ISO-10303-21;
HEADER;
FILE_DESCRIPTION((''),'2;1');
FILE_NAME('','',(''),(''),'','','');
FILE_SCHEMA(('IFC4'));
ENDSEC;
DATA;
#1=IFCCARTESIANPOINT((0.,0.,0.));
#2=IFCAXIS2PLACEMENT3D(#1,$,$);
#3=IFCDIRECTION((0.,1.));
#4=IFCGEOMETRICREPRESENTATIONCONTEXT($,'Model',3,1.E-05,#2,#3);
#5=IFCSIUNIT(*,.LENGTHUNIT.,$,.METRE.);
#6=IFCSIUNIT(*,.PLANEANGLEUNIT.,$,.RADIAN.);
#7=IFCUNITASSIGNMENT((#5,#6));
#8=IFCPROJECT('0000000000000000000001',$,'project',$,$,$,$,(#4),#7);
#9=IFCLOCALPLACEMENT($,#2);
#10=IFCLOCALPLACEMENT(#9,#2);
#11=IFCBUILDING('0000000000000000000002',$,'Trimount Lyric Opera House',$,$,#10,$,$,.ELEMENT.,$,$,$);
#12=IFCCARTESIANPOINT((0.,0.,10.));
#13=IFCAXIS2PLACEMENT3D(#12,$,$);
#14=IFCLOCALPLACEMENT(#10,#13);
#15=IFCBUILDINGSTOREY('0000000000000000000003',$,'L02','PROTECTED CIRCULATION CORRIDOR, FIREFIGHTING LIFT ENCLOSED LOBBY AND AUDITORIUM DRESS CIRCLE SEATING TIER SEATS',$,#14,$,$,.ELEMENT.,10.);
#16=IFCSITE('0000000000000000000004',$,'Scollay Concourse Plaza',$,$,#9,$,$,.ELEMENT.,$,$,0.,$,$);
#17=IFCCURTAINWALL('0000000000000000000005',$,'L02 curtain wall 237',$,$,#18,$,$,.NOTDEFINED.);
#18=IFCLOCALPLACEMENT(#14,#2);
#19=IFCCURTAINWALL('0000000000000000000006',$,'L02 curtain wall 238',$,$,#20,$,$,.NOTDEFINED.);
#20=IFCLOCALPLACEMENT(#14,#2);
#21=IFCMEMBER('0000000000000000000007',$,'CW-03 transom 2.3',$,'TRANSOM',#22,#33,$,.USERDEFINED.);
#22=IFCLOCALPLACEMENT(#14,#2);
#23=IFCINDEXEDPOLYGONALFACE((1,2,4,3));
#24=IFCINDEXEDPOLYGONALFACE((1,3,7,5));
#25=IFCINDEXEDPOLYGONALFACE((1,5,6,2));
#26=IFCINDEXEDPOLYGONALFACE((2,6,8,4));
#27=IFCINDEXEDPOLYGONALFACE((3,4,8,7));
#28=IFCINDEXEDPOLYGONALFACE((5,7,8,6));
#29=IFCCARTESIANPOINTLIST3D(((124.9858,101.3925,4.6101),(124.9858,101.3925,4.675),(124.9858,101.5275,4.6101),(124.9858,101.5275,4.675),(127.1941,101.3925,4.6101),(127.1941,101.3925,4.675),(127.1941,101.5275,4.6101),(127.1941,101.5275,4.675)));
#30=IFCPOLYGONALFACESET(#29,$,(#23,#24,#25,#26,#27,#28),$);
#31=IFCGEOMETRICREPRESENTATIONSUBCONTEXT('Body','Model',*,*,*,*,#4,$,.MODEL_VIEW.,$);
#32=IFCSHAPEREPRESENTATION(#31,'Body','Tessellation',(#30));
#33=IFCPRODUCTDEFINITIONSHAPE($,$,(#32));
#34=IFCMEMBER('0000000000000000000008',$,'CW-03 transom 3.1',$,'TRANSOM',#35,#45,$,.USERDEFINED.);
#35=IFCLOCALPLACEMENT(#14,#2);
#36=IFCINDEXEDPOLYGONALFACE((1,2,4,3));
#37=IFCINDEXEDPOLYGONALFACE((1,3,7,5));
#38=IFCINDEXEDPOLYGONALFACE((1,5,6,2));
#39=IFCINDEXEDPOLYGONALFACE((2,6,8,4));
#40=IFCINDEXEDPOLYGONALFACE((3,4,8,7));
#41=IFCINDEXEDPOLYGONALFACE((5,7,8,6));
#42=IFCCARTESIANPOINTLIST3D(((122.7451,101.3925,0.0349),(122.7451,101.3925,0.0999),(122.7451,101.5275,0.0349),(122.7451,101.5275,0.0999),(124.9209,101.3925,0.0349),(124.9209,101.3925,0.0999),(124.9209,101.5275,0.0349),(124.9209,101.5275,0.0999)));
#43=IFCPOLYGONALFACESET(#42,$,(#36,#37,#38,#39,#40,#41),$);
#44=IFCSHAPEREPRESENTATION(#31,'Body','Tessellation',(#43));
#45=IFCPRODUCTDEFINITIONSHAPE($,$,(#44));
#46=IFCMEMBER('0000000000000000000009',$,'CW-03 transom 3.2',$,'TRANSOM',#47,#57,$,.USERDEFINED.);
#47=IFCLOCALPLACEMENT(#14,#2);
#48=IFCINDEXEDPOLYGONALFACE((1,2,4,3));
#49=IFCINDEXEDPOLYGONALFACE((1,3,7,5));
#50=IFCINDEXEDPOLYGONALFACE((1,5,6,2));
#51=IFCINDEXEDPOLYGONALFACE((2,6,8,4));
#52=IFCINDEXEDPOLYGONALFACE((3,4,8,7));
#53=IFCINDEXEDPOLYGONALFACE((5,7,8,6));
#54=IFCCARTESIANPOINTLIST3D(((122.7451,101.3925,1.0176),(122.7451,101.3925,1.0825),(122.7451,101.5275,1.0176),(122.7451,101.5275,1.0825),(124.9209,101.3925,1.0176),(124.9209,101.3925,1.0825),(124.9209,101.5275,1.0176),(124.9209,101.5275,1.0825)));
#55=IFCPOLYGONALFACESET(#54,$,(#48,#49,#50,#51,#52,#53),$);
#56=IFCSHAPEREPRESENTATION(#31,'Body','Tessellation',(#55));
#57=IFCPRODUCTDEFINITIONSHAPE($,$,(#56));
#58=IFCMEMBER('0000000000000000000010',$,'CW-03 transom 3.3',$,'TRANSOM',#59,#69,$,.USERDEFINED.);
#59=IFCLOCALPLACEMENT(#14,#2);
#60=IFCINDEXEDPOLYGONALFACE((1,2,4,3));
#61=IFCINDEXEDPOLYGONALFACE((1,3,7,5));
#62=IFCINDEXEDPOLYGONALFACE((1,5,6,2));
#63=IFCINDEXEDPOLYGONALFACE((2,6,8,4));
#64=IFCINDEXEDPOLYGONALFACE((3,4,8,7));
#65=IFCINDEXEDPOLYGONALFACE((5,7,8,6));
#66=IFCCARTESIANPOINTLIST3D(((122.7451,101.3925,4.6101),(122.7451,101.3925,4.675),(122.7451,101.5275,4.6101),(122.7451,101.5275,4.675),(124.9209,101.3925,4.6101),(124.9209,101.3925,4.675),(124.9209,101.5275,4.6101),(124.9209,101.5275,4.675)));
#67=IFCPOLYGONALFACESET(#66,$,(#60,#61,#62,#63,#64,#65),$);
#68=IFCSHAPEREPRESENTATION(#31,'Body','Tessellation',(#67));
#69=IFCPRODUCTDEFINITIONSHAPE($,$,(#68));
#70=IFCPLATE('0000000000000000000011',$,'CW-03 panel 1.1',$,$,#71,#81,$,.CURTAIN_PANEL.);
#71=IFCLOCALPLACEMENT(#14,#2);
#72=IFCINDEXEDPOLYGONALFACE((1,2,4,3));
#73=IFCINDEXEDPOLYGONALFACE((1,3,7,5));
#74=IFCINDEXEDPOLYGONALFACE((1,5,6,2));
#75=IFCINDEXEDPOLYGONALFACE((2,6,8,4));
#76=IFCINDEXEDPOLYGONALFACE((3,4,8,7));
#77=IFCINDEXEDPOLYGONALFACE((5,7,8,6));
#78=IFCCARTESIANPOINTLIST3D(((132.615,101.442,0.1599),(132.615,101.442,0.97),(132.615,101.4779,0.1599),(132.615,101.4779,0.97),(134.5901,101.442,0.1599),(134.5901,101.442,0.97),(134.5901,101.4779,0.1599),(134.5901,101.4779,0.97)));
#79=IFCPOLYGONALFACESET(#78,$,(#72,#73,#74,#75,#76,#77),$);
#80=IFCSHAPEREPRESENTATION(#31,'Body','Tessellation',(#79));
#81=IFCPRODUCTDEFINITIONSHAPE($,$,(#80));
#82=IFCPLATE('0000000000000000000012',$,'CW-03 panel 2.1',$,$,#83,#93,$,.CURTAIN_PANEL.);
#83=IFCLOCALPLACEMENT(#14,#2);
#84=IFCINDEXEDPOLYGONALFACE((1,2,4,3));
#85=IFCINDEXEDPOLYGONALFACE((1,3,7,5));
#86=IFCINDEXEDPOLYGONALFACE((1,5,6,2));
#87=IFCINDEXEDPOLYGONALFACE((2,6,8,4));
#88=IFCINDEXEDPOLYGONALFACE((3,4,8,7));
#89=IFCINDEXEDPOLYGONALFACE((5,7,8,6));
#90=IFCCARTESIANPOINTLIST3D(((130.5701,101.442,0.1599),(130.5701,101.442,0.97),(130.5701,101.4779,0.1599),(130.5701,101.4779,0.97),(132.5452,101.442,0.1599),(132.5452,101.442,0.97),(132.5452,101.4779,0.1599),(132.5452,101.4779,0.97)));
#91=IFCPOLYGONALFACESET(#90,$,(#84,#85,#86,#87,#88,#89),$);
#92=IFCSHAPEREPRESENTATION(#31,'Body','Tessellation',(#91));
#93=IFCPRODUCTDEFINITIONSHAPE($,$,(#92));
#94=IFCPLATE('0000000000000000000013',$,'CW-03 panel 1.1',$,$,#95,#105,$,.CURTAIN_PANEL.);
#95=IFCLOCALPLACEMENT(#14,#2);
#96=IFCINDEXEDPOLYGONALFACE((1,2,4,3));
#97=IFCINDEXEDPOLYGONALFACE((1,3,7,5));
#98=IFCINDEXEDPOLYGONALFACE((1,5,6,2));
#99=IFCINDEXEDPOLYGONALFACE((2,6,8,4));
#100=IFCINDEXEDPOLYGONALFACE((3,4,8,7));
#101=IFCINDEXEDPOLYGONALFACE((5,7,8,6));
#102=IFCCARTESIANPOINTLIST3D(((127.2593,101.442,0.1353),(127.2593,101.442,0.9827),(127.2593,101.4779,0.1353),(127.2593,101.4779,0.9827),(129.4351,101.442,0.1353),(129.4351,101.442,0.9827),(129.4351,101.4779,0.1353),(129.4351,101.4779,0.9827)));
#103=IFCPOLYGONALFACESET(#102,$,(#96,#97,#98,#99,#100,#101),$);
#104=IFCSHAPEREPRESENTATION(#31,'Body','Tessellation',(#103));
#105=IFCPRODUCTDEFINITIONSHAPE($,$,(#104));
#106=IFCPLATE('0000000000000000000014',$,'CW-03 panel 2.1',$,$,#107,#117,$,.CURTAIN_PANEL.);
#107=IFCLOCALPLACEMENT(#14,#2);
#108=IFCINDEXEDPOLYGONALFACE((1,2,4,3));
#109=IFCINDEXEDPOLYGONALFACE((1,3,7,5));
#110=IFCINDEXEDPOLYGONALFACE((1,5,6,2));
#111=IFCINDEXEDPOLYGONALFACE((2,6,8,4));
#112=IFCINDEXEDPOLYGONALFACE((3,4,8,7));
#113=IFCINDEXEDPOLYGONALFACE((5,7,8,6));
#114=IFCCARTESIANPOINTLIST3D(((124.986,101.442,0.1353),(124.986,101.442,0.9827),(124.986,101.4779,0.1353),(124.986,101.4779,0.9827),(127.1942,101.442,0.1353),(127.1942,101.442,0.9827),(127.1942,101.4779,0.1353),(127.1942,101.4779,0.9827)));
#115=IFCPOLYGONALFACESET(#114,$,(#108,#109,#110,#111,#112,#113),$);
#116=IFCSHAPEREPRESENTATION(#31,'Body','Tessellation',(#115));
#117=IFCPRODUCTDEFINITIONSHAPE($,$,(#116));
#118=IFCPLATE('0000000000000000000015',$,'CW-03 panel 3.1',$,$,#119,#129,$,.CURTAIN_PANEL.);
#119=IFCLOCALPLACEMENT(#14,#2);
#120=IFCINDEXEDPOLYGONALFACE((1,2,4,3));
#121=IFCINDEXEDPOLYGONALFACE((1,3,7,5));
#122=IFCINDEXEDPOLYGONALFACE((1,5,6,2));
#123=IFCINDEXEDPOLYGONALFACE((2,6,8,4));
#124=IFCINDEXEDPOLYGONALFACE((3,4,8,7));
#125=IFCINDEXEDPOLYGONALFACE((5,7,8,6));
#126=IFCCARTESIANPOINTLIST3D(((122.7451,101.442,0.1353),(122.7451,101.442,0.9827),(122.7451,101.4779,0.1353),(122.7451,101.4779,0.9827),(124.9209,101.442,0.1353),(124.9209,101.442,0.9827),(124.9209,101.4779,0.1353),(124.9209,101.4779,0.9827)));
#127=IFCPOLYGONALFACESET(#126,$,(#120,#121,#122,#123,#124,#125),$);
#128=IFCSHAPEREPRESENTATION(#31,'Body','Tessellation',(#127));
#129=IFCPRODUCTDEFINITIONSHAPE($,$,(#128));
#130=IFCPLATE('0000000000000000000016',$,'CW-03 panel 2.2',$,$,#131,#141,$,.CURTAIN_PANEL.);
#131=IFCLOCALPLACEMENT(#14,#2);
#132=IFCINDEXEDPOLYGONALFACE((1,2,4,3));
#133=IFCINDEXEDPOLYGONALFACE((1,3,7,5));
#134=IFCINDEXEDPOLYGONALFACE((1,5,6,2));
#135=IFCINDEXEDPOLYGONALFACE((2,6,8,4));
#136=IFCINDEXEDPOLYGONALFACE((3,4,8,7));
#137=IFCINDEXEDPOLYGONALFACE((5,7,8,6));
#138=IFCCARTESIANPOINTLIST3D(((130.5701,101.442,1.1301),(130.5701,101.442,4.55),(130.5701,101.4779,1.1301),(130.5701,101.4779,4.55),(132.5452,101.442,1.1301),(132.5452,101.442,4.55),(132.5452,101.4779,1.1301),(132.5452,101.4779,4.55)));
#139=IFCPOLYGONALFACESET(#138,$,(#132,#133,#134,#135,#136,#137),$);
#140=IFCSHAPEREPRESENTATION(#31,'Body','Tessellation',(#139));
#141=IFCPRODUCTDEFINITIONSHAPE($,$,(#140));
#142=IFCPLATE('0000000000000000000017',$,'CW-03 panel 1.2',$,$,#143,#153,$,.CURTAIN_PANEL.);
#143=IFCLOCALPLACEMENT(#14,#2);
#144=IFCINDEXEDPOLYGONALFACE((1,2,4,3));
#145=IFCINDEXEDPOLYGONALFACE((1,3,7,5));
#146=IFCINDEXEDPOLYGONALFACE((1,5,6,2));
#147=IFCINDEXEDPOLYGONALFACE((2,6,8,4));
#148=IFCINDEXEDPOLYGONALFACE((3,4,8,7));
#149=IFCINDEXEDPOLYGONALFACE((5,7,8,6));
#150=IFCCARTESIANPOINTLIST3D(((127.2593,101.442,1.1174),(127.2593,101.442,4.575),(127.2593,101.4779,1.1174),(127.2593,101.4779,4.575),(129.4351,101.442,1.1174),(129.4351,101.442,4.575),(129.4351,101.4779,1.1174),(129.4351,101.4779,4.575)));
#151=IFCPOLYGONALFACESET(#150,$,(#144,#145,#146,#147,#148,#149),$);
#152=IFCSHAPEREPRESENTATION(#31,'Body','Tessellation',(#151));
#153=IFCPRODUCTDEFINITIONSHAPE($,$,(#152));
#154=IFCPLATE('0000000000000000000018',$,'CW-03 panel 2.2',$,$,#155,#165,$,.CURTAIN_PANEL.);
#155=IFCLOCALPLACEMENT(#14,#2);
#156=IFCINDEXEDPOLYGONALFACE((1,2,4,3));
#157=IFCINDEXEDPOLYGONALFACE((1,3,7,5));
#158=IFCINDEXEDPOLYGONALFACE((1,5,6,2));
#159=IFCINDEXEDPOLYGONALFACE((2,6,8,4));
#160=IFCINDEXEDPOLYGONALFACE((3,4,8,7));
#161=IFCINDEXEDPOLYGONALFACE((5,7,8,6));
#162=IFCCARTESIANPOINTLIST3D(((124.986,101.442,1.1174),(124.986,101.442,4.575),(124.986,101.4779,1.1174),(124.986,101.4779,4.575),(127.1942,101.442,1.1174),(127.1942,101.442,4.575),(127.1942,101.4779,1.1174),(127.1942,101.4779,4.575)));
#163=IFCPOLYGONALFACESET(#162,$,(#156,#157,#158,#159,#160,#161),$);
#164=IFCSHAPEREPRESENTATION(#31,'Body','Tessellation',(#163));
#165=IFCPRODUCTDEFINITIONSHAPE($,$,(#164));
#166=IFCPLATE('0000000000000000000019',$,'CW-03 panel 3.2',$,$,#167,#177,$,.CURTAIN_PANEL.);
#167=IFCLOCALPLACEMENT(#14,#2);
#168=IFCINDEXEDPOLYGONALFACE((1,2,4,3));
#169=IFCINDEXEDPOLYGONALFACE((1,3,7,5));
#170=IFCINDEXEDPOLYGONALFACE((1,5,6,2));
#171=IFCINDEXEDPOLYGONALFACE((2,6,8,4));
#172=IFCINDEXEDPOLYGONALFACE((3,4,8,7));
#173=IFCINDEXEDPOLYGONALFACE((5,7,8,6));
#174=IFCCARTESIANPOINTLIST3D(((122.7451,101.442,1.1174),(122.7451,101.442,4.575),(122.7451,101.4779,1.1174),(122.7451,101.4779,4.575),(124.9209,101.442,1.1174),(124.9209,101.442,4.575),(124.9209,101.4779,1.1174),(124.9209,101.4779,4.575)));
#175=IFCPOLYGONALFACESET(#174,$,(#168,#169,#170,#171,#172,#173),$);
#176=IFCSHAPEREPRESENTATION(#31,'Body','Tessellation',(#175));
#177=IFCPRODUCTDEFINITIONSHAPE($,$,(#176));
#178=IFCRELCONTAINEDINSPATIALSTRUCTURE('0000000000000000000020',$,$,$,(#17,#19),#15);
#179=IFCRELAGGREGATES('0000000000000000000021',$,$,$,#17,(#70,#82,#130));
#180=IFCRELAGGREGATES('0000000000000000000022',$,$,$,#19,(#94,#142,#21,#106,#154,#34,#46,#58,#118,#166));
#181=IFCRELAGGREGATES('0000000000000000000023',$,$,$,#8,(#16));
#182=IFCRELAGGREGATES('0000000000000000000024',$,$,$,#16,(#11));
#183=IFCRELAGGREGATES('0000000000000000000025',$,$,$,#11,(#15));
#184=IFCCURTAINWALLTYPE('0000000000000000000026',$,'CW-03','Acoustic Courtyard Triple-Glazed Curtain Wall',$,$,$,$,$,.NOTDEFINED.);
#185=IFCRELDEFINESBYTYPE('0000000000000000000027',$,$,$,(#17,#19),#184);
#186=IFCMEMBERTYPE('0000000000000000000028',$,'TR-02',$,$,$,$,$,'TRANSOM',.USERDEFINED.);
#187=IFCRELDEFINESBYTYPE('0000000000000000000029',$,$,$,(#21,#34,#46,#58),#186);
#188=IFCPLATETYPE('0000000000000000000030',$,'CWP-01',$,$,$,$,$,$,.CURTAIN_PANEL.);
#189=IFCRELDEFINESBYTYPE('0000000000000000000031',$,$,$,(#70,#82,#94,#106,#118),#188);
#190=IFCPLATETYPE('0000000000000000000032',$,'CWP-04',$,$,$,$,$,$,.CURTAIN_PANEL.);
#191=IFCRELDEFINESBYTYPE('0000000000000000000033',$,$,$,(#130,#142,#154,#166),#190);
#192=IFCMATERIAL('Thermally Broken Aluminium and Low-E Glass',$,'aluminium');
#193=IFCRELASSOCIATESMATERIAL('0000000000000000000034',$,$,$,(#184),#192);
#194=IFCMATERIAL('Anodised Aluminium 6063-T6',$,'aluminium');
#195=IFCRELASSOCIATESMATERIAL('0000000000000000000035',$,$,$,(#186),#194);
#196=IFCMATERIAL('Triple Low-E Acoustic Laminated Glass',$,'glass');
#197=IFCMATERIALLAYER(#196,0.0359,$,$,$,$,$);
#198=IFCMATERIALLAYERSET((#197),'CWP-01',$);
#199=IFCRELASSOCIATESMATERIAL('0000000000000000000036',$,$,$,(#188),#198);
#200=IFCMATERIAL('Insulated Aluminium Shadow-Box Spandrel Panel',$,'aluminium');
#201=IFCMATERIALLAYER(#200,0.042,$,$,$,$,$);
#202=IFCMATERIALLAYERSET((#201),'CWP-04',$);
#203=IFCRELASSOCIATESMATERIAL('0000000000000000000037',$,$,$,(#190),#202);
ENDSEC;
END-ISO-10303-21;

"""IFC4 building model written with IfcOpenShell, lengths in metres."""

from ifc_helpers import new_model, si_unit, direction, frame, origin, origin_2d, place, context, subcontext, project, spatial, rectangle, extrude, material, layer, layer_set, material_profile, profile_set, type_object, element, aggregate, save


model = new_model("IFC4")

# Units and contexts
model_context = context("Model", 3, precision=1e-05, world=origin(), true_north=direction((0.0, 1.0)))
body_context = subcontext(model_context, "Body", "Model", "MODEL_VIEW")
ifc_project = project(units=[si_unit("LENGTHUNIT", "METRE"), si_unit("PLANEANGLEUNIT", "RADIAN")], contexts=[model_context])

# Site, building, storey
site_placement = place(None, origin())
site = spatial("IfcSite", under=ifc_project, at=site_placement, Name="Scollay Concourse Plaza", CompositionType="ELEMENT", RefElevation=0.0)
building_placement = place(site_placement, origin())
building = spatial("IfcBuilding", under=site, at=building_placement, Name="Trimount Lyric Opera House", CompositionType="ELEMENT")
storey_placement = place(building_placement, frame((0.0, 0.0, 10.0)))
storey = spatial("IfcBuildingStorey", under=building, at=storey_placement, Name="L02", Description="PROTECTED CIRCULATION CORRIDOR, FIREFIGHTING LIFT ENCLOSED LOBBY AND AUDITORIUM DRESS CIRCLE SEATING TIER SEATS", CompositionType="ELEMENT", Elevation=10.0)

# Curtain walls
ifc_material_1 = material(Name="Thermally Broken Aluminium and Low-E Glass", Category="aluminium")
curtain_wall_type = type_object("IfcCurtainWallType", Name="CW-03", Description="Acoustic Courtyard Triple-Glazed Curtain Wall", PredefinedType="NOTDEFINED", material=ifc_material_1)
curtain_wall_1_placement = place(storey_placement, origin())
curtain_wall_1 = element("IfcCurtainWall", 1, at=curtain_wall_1_placement, inside=storey, type_object=curtain_wall_type, Name="L02 curtain wall 237", PredefinedType="NOTDEFINED")
curtain_wall_2_placement = place(storey_placement, origin())
curtain_wall_2 = element("IfcCurtainWall", 2, at=curtain_wall_2_placement, inside=storey, type_object=curtain_wall_type, Name="L02 curtain wall 238", PredefinedType="NOTDEFINED")

# Members
ifc_material_2 = material(Name="Anodised Aluminium 6063-T6", Category="aluminium")
ifc_material_profile_1 = material_profile(ifc_material_2, rectangle(XDim=0.135, YDim=0.0649, at=origin_2d()), Name="ALU-TRAN-65X135")
ifc_profile_set_1 = profile_set([ifc_material_profile_1], Name="Anodised Aluminium 6063-T6")
member_type_1 = type_object("IfcMemberType", Name="TR-02", ElementType="TRANSOM", PredefinedType="USERDEFINED", material=ifc_profile_set_1)
member_1_placement = place(storey_placement, frame((127.1941, 101.46, 4.6426), z_axis=(-1.0, 0.0, 0.0), x_axis=(0.0, -1.0, 0.0)))
member_1 = element("IfcMember", 3, at=member_1_placement, type_object=member_type_1, Name="CW-03 transom 2.3", ObjectType="TRANSOM", PredefinedType="USERDEFINED", context=body_context, shape_type="SweptSolid", body=[
    extrude(rectangle(XDim=0.135, YDim=0.0649, at=origin_2d()), origin(), (0.0, 0.0, 1.0), 2.2083),
])
member_2_placement = place(storey_placement, frame((124.9209, 101.46, 0.0674), z_axis=(-1.0, 0.0, 0.0), x_axis=(0.0, -1.0, 0.0)))
member_2 = element("IfcMember", 4, at=member_2_placement, type_object=member_type_1, Name="CW-03 transom 3.1", ObjectType="TRANSOM", PredefinedType="USERDEFINED", context=body_context, shape_type="SweptSolid", body=[
    extrude(rectangle(XDim=0.135, YDim=0.0649, at=origin_2d()), origin(), (0.0, 0.0, 1.0), 2.1758),
])
member_3_placement = place(storey_placement, frame((124.9209, 101.46, 1.05), z_axis=(-1.0, 0.0, 0.0), x_axis=(0.0, -1.0, 0.0)))
member_3 = element("IfcMember", 5, at=member_3_placement, type_object=member_type_1, Name="CW-03 transom 3.2", ObjectType="TRANSOM", PredefinedType="USERDEFINED", context=body_context, shape_type="SweptSolid", body=[
    extrude(rectangle(XDim=0.135, YDim=0.0649, at=origin_2d()), origin(), (0.0, 0.0, 1.0), 2.1758),
])
member_4_placement = place(storey_placement, frame((124.9209, 101.46, 4.6426), z_axis=(-1.0, 0.0, 0.0), x_axis=(0.0, -1.0, 0.0)))
member_4 = element("IfcMember", 6, at=member_4_placement, type_object=member_type_1, Name="CW-03 transom 3.3", ObjectType="TRANSOM", PredefinedType="USERDEFINED", context=body_context, shape_type="SweptSolid", body=[
    extrude(rectangle(XDim=0.135, YDim=0.0649, at=origin_2d()), origin(), (0.0, 0.0, 1.0), 2.1758),
])

# Plates
ifc_material_3 = material(Name="Triple Low-E Acoustic Laminated Glass", Category="glass")
ifc_layer_1 = layer(ifc_material_3, 0.0359)
ifc_layer_set_1 = layer_set([ifc_layer_1], Name="CWP-01")
plate_type_1 = type_object("IfcPlateType", Name="CWP-01", PredefinedType="CURTAIN_PANEL", material=ifc_layer_set_1)
plate_1_placement = place(storey_placement, frame((133.6025, 101.46, 0.1599), z_axis=(0.0, 0.0, 1.0), x_axis=(-1.0, 0.0, 0.0)))
plate_1 = element("IfcPlate", 7, at=plate_1_placement, type_object=plate_type_1, Name="CW-03 panel 1.1", PredefinedType="CURTAIN_PANEL", context=body_context, shape_type="SweptSolid", body=[
    extrude(rectangle(XDim=1.9751, YDim=0.0359, at=origin_2d()), origin(), (0.0, 0.0, 1.0), 0.8101),
])
plate_2_placement = place(storey_placement, frame((131.5576, 101.46, 0.1599), z_axis=(0.0, 0.0, 1.0), x_axis=(-1.0, 0.0, 0.0)))
plate_2 = element("IfcPlate", 8, at=plate_2_placement, type_object=plate_type_1, Name="CW-03 panel 2.1", PredefinedType="CURTAIN_PANEL", context=body_context, shape_type="SweptSolid", body=[
    extrude(rectangle(XDim=1.9751, YDim=0.0359, at=origin_2d()), origin(), (0.0, 0.0, 1.0), 0.8101),
])
plate_3_placement = place(storey_placement, frame((128.3472, 101.46, 0.1353), z_axis=(0.0, 0.0, 1.0), x_axis=(-1.0, 0.0, 0.0)))
plate_3 = element("IfcPlate", 9, at=plate_3_placement, type_object=plate_type_1, Name="CW-03 panel 1.1", PredefinedType="CURTAIN_PANEL", context=body_context, shape_type="SweptSolid", body=[
    extrude(rectangle(XDim=2.1758, YDim=0.0359, at=origin_2d()), origin(), (0.0, 0.0, 1.0), 0.8474),
])
plate_4_placement = place(storey_placement, frame((126.0901, 101.46, 0.1353), z_axis=(0.0, 0.0, 1.0), x_axis=(-1.0, 0.0, 0.0)))
plate_4 = element("IfcPlate", 10, at=plate_4_placement, type_object=plate_type_1, Name="CW-03 panel 2.1", PredefinedType="CURTAIN_PANEL", context=body_context, shape_type="SweptSolid", body=[
    extrude(rectangle(XDim=2.2083, YDim=0.0359, at=origin_2d()), origin(), (0.0, 0.0, 1.0), 0.8474),
])
plate_5_placement = place(storey_placement, frame((123.833, 101.46, 0.1353), z_axis=(0.0, 0.0, 1.0), x_axis=(-1.0, 0.0, 0.0)))
plate_5 = element("IfcPlate", 11, at=plate_5_placement, type_object=plate_type_1, Name="CW-03 panel 3.1", PredefinedType="CURTAIN_PANEL", context=body_context, shape_type="SweptSolid", body=[
    extrude(rectangle(XDim=2.1758, YDim=0.0359, at=origin_2d()), origin(), (0.0, 0.0, 1.0), 0.8474),
])
ifc_material_4 = material(Name="Insulated Aluminium Shadow-Box Spandrel Panel", Category="aluminium")
ifc_layer_2 = layer(ifc_material_4, 0.042)
ifc_layer_set_2 = layer_set([ifc_layer_2], Name="CWP-04")
plate_type_2 = type_object("IfcPlateType", Name="CWP-04", PredefinedType="CURTAIN_PANEL", material=ifc_layer_set_2)
plate_6_placement = place(storey_placement, frame((131.5576, 101.46, 1.1301), z_axis=(0.0, 0.0, 1.0), x_axis=(-1.0, 0.0, 0.0)))
plate_6 = element("IfcPlate", 12, at=plate_6_placement, type_object=plate_type_2, Name="CW-03 panel 2.2", PredefinedType="CURTAIN_PANEL", context=body_context, shape_type="SweptSolid", body=[
    extrude(rectangle(XDim=1.9751, YDim=0.0359, at=origin_2d()), origin(), (0.0, 0.0, 1.0), 3.4199),
])
aggregate(curtain_wall_1, [plate_1, plate_2, plate_6])
plate_7_placement = place(storey_placement, frame((128.3472, 101.46, 1.1174), z_axis=(0.0, 0.0, 1.0), x_axis=(-1.0, 0.0, 0.0)))
plate_7 = element("IfcPlate", 13, at=plate_7_placement, type_object=plate_type_2, Name="CW-03 panel 1.2", PredefinedType="CURTAIN_PANEL", context=body_context, shape_type="SweptSolid", body=[
    extrude(rectangle(XDim=2.1758, YDim=0.0359, at=origin_2d()), origin(), (0.0, 0.0, 1.0), 3.4575),
])
plate_8_placement = place(storey_placement, frame((126.0901, 101.46, 1.1174), z_axis=(0.0, 0.0, 1.0), x_axis=(-1.0, 0.0, 0.0)))
plate_8 = element("IfcPlate", 14, at=plate_8_placement, type_object=plate_type_2, Name="CW-03 panel 2.2", PredefinedType="CURTAIN_PANEL", context=body_context, shape_type="SweptSolid", body=[
    extrude(rectangle(XDim=2.2083, YDim=0.0359, at=origin_2d()), origin(), (0.0, 0.0, 1.0), 3.4575),
])
plate_9_placement = place(storey_placement, frame((123.833, 101.46, 1.1174), z_axis=(0.0, 0.0, 1.0), x_axis=(-1.0, 0.0, 0.0)))
plate_9 = element("IfcPlate", 15, at=plate_9_placement, type_object=plate_type_2, Name="CW-03 panel 3.2", PredefinedType="CURTAIN_PANEL", context=body_context, shape_type="SweptSolid", body=[
    extrude(rectangle(XDim=2.1758, YDim=0.0359, at=origin_2d()), origin(), (0.0, 0.0, 1.0), 3.4575),
])
aggregate(curtain_wall_2, [plate_3, plate_7, member_1, plate_4, plate_8, member_2, member_3, member_4, plate_5, plate_9])

save(model, "model.ifc")
